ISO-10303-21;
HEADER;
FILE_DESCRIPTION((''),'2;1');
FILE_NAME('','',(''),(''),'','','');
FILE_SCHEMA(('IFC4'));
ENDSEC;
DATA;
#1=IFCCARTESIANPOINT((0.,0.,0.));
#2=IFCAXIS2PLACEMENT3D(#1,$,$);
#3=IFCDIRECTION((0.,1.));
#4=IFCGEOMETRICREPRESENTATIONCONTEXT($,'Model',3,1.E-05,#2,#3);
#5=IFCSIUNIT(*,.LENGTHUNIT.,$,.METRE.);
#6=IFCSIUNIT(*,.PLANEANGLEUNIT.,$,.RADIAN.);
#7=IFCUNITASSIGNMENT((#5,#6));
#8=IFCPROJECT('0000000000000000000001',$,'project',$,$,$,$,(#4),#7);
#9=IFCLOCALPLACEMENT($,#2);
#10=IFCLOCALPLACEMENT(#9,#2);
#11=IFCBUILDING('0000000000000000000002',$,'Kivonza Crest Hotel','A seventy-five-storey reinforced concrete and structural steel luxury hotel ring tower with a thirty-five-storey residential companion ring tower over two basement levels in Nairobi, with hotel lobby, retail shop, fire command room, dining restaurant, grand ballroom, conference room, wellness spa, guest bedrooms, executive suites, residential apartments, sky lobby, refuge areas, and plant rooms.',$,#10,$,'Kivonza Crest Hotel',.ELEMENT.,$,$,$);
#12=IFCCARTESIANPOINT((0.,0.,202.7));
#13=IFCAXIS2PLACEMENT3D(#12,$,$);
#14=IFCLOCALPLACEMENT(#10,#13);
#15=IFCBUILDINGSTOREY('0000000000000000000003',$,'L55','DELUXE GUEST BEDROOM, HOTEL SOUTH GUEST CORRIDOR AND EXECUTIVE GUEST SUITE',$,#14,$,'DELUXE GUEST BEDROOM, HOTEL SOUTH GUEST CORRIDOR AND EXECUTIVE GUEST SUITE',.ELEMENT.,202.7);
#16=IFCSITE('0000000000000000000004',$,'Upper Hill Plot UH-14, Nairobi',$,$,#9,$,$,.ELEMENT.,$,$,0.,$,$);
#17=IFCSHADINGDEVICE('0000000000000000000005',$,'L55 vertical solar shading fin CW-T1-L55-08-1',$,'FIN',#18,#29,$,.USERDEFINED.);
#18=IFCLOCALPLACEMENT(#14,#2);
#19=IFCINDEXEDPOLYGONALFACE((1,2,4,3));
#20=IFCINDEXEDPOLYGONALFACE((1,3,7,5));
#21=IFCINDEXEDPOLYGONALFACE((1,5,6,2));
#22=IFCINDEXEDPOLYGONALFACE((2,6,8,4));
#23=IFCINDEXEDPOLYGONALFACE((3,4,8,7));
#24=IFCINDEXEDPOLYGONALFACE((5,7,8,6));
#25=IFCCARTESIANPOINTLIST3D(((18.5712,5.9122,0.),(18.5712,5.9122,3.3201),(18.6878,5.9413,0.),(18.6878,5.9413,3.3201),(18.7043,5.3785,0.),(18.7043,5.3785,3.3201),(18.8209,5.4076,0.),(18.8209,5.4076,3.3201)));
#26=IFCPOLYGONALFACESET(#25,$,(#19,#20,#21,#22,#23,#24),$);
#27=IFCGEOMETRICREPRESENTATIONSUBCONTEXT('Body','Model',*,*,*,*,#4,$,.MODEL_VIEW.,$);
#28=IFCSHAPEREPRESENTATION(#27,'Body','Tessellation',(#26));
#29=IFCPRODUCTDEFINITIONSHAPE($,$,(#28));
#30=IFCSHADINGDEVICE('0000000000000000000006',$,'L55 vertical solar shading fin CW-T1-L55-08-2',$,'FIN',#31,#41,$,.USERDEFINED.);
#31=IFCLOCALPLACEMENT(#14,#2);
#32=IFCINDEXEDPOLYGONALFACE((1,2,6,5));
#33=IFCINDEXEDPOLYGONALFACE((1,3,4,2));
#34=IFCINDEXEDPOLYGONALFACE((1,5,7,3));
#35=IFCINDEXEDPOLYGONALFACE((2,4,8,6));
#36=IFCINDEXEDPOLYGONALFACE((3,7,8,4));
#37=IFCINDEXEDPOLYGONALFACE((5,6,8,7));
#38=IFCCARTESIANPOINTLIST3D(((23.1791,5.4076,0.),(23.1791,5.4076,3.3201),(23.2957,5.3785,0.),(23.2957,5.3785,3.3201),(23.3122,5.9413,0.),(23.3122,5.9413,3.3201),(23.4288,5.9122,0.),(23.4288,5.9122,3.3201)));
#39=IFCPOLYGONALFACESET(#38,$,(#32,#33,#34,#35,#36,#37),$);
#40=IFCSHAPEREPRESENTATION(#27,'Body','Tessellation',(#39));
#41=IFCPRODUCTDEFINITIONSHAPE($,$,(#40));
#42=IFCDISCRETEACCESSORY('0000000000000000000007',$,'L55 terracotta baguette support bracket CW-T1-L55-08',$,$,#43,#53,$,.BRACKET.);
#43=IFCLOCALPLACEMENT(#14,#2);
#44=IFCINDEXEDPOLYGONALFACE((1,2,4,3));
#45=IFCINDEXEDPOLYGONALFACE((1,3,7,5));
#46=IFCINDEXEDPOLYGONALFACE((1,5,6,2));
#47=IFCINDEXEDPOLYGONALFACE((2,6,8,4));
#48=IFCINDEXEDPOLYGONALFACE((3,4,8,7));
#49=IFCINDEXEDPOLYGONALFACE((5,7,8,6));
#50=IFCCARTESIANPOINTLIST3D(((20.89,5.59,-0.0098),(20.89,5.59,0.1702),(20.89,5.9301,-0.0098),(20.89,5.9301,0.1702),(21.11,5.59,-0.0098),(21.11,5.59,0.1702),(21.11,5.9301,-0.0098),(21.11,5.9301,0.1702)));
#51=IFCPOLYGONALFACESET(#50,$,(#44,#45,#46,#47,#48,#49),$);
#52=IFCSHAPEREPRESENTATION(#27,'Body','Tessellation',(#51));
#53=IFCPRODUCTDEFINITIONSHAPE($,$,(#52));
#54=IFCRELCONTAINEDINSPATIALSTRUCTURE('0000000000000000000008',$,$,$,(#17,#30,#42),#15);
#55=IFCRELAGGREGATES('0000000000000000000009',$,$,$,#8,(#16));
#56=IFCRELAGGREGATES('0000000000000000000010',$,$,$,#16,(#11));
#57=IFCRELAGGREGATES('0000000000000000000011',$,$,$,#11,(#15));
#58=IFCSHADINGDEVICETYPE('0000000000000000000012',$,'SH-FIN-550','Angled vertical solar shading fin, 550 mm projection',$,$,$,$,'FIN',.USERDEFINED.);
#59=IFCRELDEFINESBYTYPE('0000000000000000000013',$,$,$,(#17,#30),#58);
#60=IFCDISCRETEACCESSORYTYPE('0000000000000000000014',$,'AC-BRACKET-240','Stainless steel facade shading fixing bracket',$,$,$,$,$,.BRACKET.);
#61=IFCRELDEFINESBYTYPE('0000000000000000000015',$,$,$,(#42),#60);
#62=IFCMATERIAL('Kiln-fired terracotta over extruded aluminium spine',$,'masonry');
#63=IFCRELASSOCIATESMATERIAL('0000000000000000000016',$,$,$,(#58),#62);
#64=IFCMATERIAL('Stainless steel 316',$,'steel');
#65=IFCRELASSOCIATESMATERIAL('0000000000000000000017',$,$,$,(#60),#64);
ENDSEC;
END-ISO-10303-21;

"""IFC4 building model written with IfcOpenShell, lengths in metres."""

from ifc_helpers import new_model, si_unit, direction, frame, origin, origin_2d, place, context, subcontext, project, spatial, rectangle, extrude, material, type_object, element, save


model = new_model("IFC4")

# Units and contexts
model_context = context("Model", 3, precision=1e-05, world=origin(), true_north=direction((0.0, 1.0)))
body_context = subcontext(model_context, "Body", "Model", "MODEL_VIEW")
ifc_project = project(units=[si_unit("LENGTHUNIT", "METRE"), si_unit("PLANEANGLEUNIT", "RADIAN")], contexts=[model_context])

# Site, building, storey
site_placement = place(None, origin())
site = spatial("IfcSite", under=ifc_project, at=site_placement, Name="Upper Hill Plot UH-14, Nairobi", CompositionType="ELEMENT", RefElevation=0.0)
building_placement = place(site_placement, origin())
building = spatial("IfcBuilding", under=site, at=building_placement, Name="Kivonza Crest Hotel", Description="A seventy-five-storey reinforced concrete and structural steel luxury hotel ring tower with a thirty-five-storey residential companion ring tower over two basement levels in Nairobi, with hotel lobby, retail shop, fire command room, dining restaurant, grand ballroom, conference room, wellness spa, guest bedrooms, executive suites, residential apartments, sky lobby, refuge areas, and plant rooms.", LongName="Kivonza Crest Hotel", CompositionType="ELEMENT")
storey_placement = place(building_placement, frame((0.0, 0.0, 202.7)))
storey = spatial("IfcBuildingStorey", under=building, at=storey_placement, Name="L55", Description="DELUXE GUEST BEDROOM, HOTEL SOUTH GUEST CORRIDOR AND EXECUTIVE GUEST SUITE", LongName="DELUXE GUEST BEDROOM, HOTEL SOUTH GUEST CORRIDOR AND EXECUTIVE GUEST SUITE", CompositionType="ELEMENT", Elevation=202.7)

# Shading devices
ifc_material_1 = material(Name="Kiln-fired terracotta over extruded aluminium spine", Category="masonry")
shading_device_type_1 = type_object("IfcShadingDeviceType", Name="SH-FIN-550", Description="Angled vertical solar shading fin, 550 mm projection", ElementType="FIN", PredefinedType="USERDEFINED", material=ifc_material_1)
for number, where, z_axis, x_axis, name in (
    (1, (18.696, 5.6599, 0.0), (0.0, 0.0, 1.0), (0.970296, 0.241922, 0.0), "L55 vertical solar shading fin CW-T1-L55-08-1"),
    (2, (23.304, 5.6599, 0.0), (0.0, 0.0, 1.0), (0.970296, -0.241922, 0.0), "L55 vertical solar shading fin CW-T1-L55-08-2"),
):
    element("IfcShadingDevice", number, at=place(storey_placement, frame(where, z_axis=z_axis, x_axis=x_axis)), inside=storey, type_object=shading_device_type_1, Name=name, ObjectType="FIN", PredefinedType="USERDEFINED", context=body_context, shape_type="SweptSolid", body=[
        extrude(rectangle(XDim=0.1201, YDim=0.55, at=origin_2d()), origin(), (0.0, 0.0, 1.0), 3.3201),
    ])

# Discrete accessory
ifc_material_2 = material(Name="Stainless steel 316", Category="steel")
discrete_accessory_type = type_object("IfcDiscreteAccessoryType", Name="AC-BRACKET-240", Description="Stainless steel facade shading fixing bracket", PredefinedType="BRACKET", material=ifc_material_2)
discrete_accessory_placement = place(storey_placement, frame((21.0, 5.76, -0.0098), z_axis=(0.0, 0.0, 1.0), x_axis=(1.0, 0.0, 0.0)))
element("IfcDiscreteAccessory", 3, at=discrete_accessory_placement, inside=storey, type_object=discrete_accessory_type, Name="L55 terracotta baguette support bracket CW-T1-L55-08", PredefinedType="BRACKET", context=body_context, shape_type="SweptSolid", body=[
    extrude(rectangle(XDim=0.22, YDim=0.3401, at=origin_2d()), origin(), (0.0, 0.0, 1.0), 0.1799),
])

save(model, "model.ifc")
